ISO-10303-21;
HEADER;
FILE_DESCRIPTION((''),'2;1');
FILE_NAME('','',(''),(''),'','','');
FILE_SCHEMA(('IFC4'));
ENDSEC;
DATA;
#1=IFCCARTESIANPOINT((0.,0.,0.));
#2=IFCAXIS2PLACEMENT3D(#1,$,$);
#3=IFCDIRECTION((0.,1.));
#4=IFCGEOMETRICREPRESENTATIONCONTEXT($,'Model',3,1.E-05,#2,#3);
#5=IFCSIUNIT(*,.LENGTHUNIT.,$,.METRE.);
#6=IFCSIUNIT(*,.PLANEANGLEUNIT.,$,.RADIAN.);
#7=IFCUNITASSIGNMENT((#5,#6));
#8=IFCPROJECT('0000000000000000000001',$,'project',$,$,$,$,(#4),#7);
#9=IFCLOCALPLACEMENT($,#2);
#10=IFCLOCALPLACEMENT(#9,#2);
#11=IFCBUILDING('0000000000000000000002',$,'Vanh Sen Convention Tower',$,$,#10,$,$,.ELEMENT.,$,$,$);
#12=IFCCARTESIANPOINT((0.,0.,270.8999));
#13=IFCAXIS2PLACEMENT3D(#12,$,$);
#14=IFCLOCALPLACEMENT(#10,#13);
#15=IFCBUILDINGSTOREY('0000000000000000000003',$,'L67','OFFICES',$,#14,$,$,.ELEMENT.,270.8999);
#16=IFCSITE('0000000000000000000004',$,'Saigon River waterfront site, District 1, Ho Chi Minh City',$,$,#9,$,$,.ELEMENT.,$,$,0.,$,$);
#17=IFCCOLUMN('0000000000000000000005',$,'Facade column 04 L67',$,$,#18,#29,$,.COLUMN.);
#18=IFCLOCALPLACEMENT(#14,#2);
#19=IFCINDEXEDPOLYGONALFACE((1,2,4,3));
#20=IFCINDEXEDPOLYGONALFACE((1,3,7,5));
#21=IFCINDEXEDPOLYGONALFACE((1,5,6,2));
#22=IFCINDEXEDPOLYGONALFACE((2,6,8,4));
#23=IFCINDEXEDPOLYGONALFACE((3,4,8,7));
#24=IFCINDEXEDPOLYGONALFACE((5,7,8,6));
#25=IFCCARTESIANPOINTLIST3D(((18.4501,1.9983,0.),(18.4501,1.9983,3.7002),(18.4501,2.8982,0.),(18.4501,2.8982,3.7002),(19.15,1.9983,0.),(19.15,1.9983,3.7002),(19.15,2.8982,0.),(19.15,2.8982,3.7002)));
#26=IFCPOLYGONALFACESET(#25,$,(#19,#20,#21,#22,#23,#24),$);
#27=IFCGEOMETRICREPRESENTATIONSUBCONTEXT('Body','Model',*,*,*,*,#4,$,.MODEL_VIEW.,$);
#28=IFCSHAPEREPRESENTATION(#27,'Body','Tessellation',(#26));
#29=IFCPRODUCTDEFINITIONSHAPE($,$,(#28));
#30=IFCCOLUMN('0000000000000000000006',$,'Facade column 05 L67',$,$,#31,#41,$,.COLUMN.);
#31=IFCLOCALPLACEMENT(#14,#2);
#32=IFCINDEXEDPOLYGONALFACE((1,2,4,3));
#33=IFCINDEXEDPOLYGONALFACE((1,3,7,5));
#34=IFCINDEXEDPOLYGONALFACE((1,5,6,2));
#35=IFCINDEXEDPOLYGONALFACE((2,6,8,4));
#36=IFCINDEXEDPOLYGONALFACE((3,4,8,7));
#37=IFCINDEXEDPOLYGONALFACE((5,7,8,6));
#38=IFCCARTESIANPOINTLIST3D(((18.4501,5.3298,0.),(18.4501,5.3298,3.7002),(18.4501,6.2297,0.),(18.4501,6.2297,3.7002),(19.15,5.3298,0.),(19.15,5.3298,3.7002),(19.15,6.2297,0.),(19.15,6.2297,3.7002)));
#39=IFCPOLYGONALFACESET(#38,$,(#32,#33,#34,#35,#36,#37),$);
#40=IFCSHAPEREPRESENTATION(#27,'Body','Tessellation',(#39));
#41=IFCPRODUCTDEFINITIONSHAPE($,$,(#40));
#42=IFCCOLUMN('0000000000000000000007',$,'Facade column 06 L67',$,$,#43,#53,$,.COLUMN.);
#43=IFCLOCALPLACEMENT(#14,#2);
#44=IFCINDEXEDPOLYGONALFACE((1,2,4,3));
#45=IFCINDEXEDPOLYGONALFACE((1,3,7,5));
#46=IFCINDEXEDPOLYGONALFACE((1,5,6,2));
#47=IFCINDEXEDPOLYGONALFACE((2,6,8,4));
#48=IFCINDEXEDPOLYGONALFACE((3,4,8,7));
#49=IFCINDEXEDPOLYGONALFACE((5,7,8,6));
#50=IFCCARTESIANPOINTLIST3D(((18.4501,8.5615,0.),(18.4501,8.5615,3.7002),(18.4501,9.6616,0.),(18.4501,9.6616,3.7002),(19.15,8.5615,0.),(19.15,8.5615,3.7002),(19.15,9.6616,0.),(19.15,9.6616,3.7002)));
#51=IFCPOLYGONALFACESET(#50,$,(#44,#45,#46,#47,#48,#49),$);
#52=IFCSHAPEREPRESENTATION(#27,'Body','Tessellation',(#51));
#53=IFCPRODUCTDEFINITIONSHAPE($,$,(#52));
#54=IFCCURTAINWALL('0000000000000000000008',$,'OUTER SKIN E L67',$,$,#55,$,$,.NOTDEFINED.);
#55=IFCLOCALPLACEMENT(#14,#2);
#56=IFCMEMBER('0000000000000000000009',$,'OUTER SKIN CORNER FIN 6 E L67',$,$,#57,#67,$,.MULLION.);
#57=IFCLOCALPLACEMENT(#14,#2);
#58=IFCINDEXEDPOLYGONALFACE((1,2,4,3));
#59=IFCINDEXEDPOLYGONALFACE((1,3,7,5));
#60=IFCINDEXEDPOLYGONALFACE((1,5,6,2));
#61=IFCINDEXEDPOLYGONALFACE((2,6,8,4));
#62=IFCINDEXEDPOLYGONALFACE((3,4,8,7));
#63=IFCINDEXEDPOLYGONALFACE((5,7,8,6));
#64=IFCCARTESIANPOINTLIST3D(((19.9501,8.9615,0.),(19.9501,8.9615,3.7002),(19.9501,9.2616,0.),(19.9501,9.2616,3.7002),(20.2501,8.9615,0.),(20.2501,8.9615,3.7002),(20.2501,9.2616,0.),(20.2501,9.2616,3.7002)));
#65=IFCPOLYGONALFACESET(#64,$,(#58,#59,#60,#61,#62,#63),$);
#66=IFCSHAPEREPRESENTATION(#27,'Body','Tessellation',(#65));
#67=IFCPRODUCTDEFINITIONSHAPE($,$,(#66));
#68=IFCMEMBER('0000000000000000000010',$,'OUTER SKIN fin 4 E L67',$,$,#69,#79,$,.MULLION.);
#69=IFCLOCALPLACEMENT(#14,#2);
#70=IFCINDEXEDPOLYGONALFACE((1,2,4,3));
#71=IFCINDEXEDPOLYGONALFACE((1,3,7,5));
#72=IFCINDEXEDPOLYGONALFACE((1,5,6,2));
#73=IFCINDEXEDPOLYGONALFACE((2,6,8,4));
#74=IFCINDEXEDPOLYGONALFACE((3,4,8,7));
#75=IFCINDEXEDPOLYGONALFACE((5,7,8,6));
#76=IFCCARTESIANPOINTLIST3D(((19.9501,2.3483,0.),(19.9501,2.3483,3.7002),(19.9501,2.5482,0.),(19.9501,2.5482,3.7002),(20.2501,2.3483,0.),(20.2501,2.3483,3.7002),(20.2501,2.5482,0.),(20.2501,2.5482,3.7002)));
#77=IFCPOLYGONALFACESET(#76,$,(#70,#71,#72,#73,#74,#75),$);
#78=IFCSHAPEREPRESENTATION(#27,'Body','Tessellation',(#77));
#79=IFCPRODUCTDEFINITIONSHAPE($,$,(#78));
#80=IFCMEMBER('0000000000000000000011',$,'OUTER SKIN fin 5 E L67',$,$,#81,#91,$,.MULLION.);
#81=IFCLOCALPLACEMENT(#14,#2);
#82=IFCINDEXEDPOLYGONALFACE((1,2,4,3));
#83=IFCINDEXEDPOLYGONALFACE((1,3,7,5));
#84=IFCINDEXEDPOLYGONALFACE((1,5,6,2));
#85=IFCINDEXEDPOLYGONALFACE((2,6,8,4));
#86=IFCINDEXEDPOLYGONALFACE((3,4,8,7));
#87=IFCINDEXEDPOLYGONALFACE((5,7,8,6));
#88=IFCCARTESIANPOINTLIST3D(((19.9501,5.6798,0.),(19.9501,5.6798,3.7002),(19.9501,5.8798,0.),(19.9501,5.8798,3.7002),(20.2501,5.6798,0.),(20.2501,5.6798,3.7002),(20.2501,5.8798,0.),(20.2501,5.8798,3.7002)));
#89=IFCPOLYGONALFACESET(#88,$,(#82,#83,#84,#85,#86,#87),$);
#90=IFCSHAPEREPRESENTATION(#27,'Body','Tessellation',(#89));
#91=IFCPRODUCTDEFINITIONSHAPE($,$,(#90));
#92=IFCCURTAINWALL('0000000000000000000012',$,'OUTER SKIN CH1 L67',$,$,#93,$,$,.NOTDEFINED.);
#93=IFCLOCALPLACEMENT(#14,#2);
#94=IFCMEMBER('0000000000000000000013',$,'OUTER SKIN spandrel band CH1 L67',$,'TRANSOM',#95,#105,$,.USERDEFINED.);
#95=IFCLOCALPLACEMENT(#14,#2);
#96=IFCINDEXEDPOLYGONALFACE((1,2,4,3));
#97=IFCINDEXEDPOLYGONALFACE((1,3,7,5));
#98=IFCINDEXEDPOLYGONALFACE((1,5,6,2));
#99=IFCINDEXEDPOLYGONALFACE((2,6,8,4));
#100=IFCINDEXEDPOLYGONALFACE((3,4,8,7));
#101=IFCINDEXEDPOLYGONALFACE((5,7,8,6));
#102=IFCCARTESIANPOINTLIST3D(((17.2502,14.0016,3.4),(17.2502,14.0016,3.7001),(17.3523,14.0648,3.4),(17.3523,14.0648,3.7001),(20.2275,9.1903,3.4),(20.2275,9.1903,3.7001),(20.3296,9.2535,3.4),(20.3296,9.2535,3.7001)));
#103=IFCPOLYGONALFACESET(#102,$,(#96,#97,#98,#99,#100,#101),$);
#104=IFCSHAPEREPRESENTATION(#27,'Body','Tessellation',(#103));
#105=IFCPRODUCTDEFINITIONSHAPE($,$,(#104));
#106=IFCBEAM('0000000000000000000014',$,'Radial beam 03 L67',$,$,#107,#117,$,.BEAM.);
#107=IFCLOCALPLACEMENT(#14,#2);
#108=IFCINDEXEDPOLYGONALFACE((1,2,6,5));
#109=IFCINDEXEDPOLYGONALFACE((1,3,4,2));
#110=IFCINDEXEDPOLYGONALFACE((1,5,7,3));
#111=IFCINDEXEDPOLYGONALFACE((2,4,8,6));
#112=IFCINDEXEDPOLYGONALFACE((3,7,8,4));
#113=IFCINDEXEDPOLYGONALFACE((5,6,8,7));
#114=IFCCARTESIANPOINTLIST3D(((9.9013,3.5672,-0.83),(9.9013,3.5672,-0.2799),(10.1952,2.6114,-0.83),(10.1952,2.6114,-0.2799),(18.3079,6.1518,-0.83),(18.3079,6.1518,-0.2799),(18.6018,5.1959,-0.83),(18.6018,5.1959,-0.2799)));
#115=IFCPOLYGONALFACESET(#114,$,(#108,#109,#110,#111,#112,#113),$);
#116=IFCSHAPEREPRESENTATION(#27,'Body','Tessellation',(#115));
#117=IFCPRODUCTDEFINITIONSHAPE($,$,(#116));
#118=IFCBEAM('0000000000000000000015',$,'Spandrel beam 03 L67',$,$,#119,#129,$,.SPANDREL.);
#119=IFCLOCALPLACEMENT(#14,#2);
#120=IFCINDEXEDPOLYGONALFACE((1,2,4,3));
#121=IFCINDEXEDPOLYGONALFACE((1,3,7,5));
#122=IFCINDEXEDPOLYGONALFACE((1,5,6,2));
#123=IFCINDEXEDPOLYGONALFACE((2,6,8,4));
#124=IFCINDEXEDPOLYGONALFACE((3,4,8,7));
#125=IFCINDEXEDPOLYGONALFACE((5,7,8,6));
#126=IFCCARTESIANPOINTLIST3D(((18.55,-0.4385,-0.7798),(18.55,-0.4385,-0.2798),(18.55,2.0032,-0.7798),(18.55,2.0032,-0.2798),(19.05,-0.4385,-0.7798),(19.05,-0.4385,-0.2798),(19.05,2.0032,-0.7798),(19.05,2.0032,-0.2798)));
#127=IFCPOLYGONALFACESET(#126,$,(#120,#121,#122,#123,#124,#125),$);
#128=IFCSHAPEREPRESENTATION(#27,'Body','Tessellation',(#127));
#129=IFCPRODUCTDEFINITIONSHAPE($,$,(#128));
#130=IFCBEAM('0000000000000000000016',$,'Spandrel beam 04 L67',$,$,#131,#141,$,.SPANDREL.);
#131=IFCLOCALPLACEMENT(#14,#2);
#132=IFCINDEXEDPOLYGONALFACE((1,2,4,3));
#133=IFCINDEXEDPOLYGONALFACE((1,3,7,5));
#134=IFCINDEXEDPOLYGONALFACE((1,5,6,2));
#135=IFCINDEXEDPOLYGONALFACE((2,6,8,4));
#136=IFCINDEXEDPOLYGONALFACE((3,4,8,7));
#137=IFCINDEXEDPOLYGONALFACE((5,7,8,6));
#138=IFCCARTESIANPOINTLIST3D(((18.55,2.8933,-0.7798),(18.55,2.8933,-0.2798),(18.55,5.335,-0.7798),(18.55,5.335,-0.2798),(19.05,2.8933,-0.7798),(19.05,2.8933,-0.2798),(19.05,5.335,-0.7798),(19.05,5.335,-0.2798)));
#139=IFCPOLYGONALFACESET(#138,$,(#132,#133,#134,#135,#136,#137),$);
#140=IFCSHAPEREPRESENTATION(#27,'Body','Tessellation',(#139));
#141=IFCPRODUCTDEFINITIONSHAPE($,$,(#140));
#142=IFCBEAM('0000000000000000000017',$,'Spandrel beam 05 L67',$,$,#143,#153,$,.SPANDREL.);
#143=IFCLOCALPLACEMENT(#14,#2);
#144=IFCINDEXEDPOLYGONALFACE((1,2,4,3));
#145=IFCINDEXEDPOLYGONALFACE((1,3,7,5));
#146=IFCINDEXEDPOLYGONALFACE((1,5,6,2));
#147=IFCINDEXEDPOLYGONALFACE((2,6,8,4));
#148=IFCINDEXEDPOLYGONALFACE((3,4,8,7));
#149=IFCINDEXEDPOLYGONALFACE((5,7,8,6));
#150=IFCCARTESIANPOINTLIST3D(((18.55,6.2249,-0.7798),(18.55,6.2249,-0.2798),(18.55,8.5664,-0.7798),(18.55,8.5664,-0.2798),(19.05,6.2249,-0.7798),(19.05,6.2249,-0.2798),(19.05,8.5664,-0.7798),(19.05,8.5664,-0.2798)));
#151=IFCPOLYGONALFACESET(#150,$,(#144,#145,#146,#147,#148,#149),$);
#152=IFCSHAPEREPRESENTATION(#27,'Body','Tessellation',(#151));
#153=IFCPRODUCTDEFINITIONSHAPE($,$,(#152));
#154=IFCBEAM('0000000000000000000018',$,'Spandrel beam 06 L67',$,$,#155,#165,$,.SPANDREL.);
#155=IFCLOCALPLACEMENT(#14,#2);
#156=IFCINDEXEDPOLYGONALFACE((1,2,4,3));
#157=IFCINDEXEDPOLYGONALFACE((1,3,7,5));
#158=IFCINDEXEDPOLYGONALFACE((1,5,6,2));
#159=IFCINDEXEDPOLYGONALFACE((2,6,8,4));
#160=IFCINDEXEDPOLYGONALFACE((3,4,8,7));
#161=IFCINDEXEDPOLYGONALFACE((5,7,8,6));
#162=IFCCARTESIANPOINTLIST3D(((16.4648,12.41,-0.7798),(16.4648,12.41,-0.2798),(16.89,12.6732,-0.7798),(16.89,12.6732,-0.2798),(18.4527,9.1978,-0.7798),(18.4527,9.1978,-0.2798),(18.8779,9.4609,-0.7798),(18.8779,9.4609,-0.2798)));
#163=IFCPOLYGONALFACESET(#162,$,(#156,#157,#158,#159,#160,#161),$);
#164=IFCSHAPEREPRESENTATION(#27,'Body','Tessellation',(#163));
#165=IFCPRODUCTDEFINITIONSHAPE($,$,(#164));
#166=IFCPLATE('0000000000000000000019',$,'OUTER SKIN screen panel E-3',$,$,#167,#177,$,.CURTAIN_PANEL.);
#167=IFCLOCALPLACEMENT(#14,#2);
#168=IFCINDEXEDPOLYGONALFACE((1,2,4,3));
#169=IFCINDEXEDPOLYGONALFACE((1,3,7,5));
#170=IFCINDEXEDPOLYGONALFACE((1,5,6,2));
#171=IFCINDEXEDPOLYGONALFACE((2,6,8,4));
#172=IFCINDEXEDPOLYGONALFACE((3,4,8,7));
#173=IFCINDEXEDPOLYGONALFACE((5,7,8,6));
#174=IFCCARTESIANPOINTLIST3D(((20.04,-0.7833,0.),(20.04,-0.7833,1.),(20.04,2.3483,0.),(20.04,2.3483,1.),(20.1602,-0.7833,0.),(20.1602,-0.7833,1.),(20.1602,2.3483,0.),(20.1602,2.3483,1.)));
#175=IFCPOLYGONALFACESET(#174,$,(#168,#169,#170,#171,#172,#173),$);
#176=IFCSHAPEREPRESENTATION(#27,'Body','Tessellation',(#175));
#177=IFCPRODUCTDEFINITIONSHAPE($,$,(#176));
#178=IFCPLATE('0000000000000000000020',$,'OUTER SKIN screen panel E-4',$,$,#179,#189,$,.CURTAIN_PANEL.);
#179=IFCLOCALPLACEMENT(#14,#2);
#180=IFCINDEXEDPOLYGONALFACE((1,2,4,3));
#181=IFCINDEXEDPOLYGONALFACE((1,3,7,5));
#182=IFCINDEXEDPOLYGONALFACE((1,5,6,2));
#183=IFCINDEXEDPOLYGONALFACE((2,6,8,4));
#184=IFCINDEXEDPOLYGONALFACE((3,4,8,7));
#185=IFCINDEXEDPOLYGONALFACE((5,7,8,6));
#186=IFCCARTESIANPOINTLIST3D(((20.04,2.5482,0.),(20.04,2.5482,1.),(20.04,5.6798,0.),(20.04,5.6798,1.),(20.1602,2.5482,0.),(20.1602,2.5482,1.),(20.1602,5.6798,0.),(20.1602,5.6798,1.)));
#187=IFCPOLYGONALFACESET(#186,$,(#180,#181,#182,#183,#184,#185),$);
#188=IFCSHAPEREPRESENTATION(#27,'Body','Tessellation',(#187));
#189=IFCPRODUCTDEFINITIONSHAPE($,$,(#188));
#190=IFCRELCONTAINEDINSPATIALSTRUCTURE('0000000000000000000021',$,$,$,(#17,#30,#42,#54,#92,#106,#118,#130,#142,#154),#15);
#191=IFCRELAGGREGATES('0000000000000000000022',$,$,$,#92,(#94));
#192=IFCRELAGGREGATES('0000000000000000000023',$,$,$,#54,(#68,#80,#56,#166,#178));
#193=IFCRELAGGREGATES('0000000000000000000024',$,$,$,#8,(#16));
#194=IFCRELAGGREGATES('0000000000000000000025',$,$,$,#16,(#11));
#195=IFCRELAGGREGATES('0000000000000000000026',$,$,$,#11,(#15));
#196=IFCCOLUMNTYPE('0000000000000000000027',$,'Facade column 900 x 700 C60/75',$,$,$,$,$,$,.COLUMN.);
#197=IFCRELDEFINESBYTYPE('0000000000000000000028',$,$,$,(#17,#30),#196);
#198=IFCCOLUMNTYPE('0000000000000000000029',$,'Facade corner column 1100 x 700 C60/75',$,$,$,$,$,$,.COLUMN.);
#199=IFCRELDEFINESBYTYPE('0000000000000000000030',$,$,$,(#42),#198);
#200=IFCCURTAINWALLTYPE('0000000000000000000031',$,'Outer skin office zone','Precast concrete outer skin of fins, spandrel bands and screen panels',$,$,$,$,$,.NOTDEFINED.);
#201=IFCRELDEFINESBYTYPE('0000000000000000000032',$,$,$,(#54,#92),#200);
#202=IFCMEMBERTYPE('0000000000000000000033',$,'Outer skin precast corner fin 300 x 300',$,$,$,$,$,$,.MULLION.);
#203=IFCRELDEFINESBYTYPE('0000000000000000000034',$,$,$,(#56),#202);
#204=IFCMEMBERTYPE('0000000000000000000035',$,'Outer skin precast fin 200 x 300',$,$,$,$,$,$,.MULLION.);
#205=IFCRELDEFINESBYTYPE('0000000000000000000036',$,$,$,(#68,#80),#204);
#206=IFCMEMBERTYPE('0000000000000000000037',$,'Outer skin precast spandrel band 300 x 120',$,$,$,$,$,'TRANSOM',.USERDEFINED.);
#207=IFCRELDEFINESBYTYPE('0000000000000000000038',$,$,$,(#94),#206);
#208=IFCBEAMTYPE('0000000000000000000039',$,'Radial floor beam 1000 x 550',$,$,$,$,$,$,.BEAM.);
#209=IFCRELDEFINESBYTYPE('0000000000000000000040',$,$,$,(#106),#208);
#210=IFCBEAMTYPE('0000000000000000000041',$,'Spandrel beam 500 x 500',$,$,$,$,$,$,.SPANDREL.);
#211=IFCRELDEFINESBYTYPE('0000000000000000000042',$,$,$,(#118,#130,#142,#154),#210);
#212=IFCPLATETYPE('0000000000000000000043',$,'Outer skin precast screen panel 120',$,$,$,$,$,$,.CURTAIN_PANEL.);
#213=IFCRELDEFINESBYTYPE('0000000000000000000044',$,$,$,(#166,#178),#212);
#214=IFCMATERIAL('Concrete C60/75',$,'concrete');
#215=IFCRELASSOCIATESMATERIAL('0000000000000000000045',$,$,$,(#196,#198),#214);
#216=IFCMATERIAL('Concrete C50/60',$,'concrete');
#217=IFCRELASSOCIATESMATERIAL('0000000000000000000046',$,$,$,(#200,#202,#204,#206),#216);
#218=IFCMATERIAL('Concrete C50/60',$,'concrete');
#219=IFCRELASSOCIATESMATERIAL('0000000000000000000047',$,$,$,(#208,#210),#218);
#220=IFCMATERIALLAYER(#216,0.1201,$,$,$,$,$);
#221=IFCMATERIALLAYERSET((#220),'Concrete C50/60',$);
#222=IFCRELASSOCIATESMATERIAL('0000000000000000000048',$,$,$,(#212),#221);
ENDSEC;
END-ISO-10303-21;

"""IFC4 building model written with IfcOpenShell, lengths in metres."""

from ifc_helpers import new_model, si_unit, direction, frame, origin, origin_2d, place, context, subcontext, project, spatial, rectangle, extrude, material, layer, layer_set, material_profile, profile_set, type_object, element, aggregate, save


model = new_model("IFC4")

# Units and contexts
model_context = context("Model", 3, precision=1e-05, world=origin(), true_north=direction((0.0, 1.0)))
body_context = subcontext(model_context, "Body", "Model", "MODEL_VIEW")
ifc_project = project(units=[si_unit("LENGTHUNIT", "METRE"), si_unit("PLANEANGLEUNIT", "RADIAN")], contexts=[model_context])

# Site, building, storey
site_placement = place(None, origin())
site = spatial("IfcSite", under=ifc_project, at=site_placement, Name="Saigon River waterfront site, District 1, Ho Chi Minh City", CompositionType="ELEMENT", RefElevation=0.0)
building_placement = place(site_placement, origin())
building = spatial("IfcBuilding", under=site, at=building_placement, Name="Vanh Sen Convention Tower", CompositionType="ELEMENT")
storey_placement = place(building_placement, frame((0.0, 0.0, 270.8999)))
storey = spatial("IfcBuildingStorey", under=building, at=storey_placement, Name="L67", Description="OFFICES", CompositionType="ELEMENT", Elevation=270.8999)

# Columns
ifc_material_1 = material(Name="Concrete C60/75", Category="concrete")
ifc_material_profile_1 = material_profile(ifc_material_1, rectangle(XDim=0.8999, YDim=0.7, at=origin_2d()), Name="RC 900X700")
ifc_profile_set_1 = profile_set([ifc_material_profile_1], Name="Concrete C60/75")
column_type_1 = type_object("IfcColumnType", Name="Facade column 900 x 700 C60/75", PredefinedType="COLUMN", material=ifc_profile_set_1)
for number, where, z_axis, x_axis, name in (
    (1, (18.8, 2.4482, 0.0), (0.0, 0.0, 1.0), (0.0, 1.0, 0.0), "Facade column 04 L67"),
    (2, (18.8, 5.7798, 0.0), (0.0, 0.0, 1.0), (0.0, 1.0, 0.0), "Facade column 05 L67"),
):
    element("IfcColumn", number, at=place(storey_placement, frame(where, z_axis=z_axis, x_axis=x_axis)), inside=storey, type_object=column_type_1, Name=name, PredefinedType="COLUMN", context=body_context, shape_type="SweptSolid", body=[
        extrude(rectangle(XDim=0.8999, YDim=0.7, at=origin_2d()), origin(), (0.0, 0.0, 1.0), 3.7002),
    ])
ifc_material_profile_2 = material_profile(ifc_material_1, rectangle(XDim=1.1001, YDim=0.7, at=origin_2d()), Name="RC 1100X700")
ifc_profile_set_2 = profile_set([ifc_material_profile_2], Name="Concrete C60/75")
column_type_2 = type_object("IfcColumnType", Name="Facade corner column 1100 x 700 C60/75", PredefinedType="COLUMN", material=ifc_profile_set_2)
column_placement = place(storey_placement, frame((18.8, 9.1116, 0.0), z_axis=(0.0, 0.0, 1.0), x_axis=(0.0, 1.0, 0.0)))
element("IfcColumn", 3, at=column_placement, inside=storey, type_object=column_type_2, Name="Facade column 06 L67", PredefinedType="COLUMN", context=body_context, shape_type="SweptSolid", body=[
    extrude(rectangle(XDim=1.1001, YDim=0.7, at=origin_2d()), origin(), (0.0, 0.0, 1.0), 3.7002),
])

# Curtain wall, members
ifc_material_2 = material(Name="Concrete C50/60", Category="concrete")
curtain_wall_type = type_object("IfcCurtainWallType", Name="Outer skin office zone", Description="Precast concrete outer skin of fins, spandrel bands and screen panels", PredefinedType="NOTDEFINED", material=ifc_material_2)
curtain_wall_1_placement = place(storey_placement, origin())
curtain_wall_1 = element("IfcCurtainWall", 4, at=curtain_wall_1_placement, inside=storey, type_object=curtain_wall_type, Name="OUTER SKIN E L67", PredefinedType="NOTDEFINED")
ifc_material_profile_3 = material_profile(ifc_material_2, rectangle(XDim=0.3, YDim=0.3, at=origin_2d()), Name="Outer skin precast corner fin 300 x 300")
ifc_profile_set_3 = profile_set([ifc_material_profile_3], Name="Concrete C50/60")
member_type_1 = type_object("IfcMemberType", Name="Outer skin precast corner fin 300 x 300", PredefinedType="MULLION", material=ifc_profile_set_3)
member_1_placement = place(storey_placement, frame((20.1001, 9.1116, 0.0), z_axis=(0.0, 0.0, 1.0), x_axis=(0.0, 1.0, 0.0)))
member_1 = element("IfcMember", 5, at=member_1_placement, type_object=member_type_1, Name="OUTER SKIN CORNER FIN 6 E L67", PredefinedType="MULLION", context=body_context, shape_type="SweptSolid", body=[
    extrude(rectangle(XDim=0.3, YDim=0.3, at=origin_2d()), origin(), (0.0, 0.0, 1.0), 3.7002),
])
ifc_material_profile_4 = material_profile(ifc_material_2, rectangle(XDim=0.2, YDim=0.3, at=origin_2d()), Name="Outer skin precast fin 200 x 300")
ifc_profile_set_4 = profile_set([ifc_material_profile_4], Name="Concrete C50/60")
member_type_2 = type_object("IfcMemberType", Name="Outer skin precast fin 200 x 300", PredefinedType="MULLION", material=ifc_profile_set_4)
member_2_placement = place(storey_placement, frame((20.1001, 2.4482, 0.0), z_axis=(0.0, 0.0, 1.0), x_axis=(0.0, 1.0, 0.0)))
member_2 = element("IfcMember", 6, at=member_2_placement, type_object=member_type_2, Name="OUTER SKIN fin 4 E L67", PredefinedType="MULLION", context=body_context, shape_type="SweptSolid", body=[
    extrude(rectangle(XDim=0.2, YDim=0.3, at=origin_2d()), origin(), (0.0, 0.0, 1.0), 3.7002),
])
member_3_placement = place(storey_placement, frame((20.1001, 5.7798, 0.0), z_axis=(0.0, 0.0, 1.0), x_axis=(0.0, 1.0, 0.0)))
member_3 = element("IfcMember", 7, at=member_3_placement, type_object=member_type_2, Name="OUTER SKIN fin 5 E L67", PredefinedType="MULLION", context=body_context, shape_type="SweptSolid", body=[
    extrude(rectangle(XDim=0.2, YDim=0.3, at=origin_2d()), origin(), (0.0, 0.0, 1.0), 3.7002),
])

# Curtain wall, member
curtain_wall_2_placement = place(storey_placement, origin())
curtain_wall_2 = element("IfcCurtainWall", 8, at=curtain_wall_2_placement, inside=storey, type_object=curtain_wall_type, Name="OUTER SKIN CH1 L67", PredefinedType="NOTDEFINED")
ifc_material_profile_5 = material_profile(ifc_material_2, rectangle(XDim=0.1201, YDim=0.3, at=origin_2d()), Name="Outer skin precast spandrel band 300 x 120")
ifc_profile_set_5 = profile_set([ifc_material_profile_5], Name="Concrete C50/60")
member_type_3 = type_object("IfcMemberType", Name="Outer skin precast spandrel band 300 x 120", ElementType="TRANSOM", PredefinedType="USERDEFINED", material=ifc_profile_set_5)
member_4_placement = place(storey_placement, frame((20.2786, 9.2219, 3.55), z_axis=(-0.526212, 0.850353, 0.0), x_axis=(-0.850353, -0.526212, 0.0)))
member_4 = element("IfcMember", 9, at=member_4_placement, type_object=member_type_3, Name="OUTER SKIN spandrel band CH1 L67", ObjectType="TRANSOM", PredefinedType="USERDEFINED", context=body_context, shape_type="SweptSolid", body=[
    extrude(rectangle(XDim=0.1201, YDim=0.3, at=origin_2d()), origin(), (0.0, 0.0, 1.0), 5.658),
])
aggregate(curtain_wall_2, [member_4])

# Beams
ifc_material_3 = material(Name="Concrete C50/60", Category="concrete")
ifc_material_profile_6 = material_profile(ifc_material_3, rectangle(XDim=1.0, YDim=0.55, at=origin_2d()), Name="RC 1000X550")
ifc_profile_set_6 = profile_set([ifc_material_profile_6], Name="Concrete C50/60")
beam_type_1 = type_object("IfcBeamType", Name="Radial floor beam 1000 x 550", PredefinedType="BEAM", material=ifc_profile_set_6)
beam_1_placement = place(storey_placement, frame((18.4548, 5.6738, -0.5549), z_axis=(-0.955847, -0.293863, 0.0), x_axis=(0.293863, -0.955847, 0.0)))
element("IfcBeam", 10, at=beam_1_placement, inside=storey, type_object=beam_type_1, Name="Radial beam 03 L67", PredefinedType="BEAM", context=body_context, shape_type="SweptSolid", body=[
    extrude(rectangle(XDim=1.0, YDim=0.55, at=origin_2d()), origin(), (0.0, 0.0, 1.0), 8.7949),
])
ifc_material_profile_7 = material_profile(ifc_material_3, rectangle(XDim=0.5, YDim=0.5, at=origin_2d()), Name="RC 500X500")
ifc_profile_set_7 = profile_set([ifc_material_profile_7], Name="Concrete C50/60")
beam_type_2 = type_object("IfcBeamType", Name="Spandrel beam 500 x 500", PredefinedType="SPANDREL", material=ifc_profile_set_7)
for number, where, z_axis, x_axis, name in (
    (11, (18.8, -0.4385, -0.5298), (0.0, 1.0, 0.0), (-1.0, 0.0, 0.0), "Spandrel beam 03 L67"),
    (12, (18.8, 2.8933, -0.5298), (0.0, 1.0, 0.0), (-1.0, 0.0, 0.0), "Spandrel beam 04 L67"),
):
    element("IfcBeam", number, at=place(storey_placement, frame(where, z_axis=z_axis, x_axis=x_axis)), inside=storey, type_object=beam_type_2, Name=name, PredefinedType="SPANDREL", context=body_context, shape_type="SweptSolid", body=[
        extrude(rectangle(XDim=0.5, YDim=0.5, at=origin_2d()), origin(), (0.0, 0.0, 1.0), 2.4417),
    ])
beam_2_placement = place(storey_placement, frame((18.8, 6.2249, -0.5298), z_axis=(0.0, 1.0, 0.0), x_axis=(-1.0, 0.0, 0.0)))
element("IfcBeam", 13, at=beam_2_placement, inside=storey, type_object=beam_type_2, Name="Spandrel beam 05 L67", PredefinedType="SPANDREL", context=body_context, shape_type="SweptSolid", body=[
    extrude(rectangle(XDim=0.5, YDim=0.5, at=origin_2d()), origin(), (0.0, 0.0, 1.0), 2.3416),
])
beam_3_placement = place(storey_placement, frame((18.6653, 9.3293, -0.5298), z_axis=(-0.526223, 0.850346, 0.0), x_axis=(-0.850346, -0.526223, 0.0)))
element("IfcBeam", 14, at=beam_3_placement, inside=storey, type_object=beam_type_2, Name="Spandrel beam 06 L67", PredefinedType="SPANDREL", context=body_context, shape_type="SweptSolid", body=[
    extrude(rectangle(XDim=0.5, YDim=0.5, at=origin_2d()), origin(), (0.0, 0.0, 1.0), 3.7776),
])

# Plates
ifc_layer_1 = layer(ifc_material_2, 0.1201)
ifc_layer_set_1 = layer_set([ifc_layer_1], Name="Concrete C50/60")
plate_type = type_object("IfcPlateType", Name="Outer skin precast screen panel 120", PredefinedType="CURTAIN_PANEL", material=ifc_layer_set_1)
plate_1_placement = place(storey_placement, frame((20.1001, 0.7825, 0.0), z_axis=(0.0, 0.0, 1.0), x_axis=(0.0, 1.0, 0.0)))
plate_1 = element("IfcPlate", 15, at=plate_1_placement, type_object=plate_type, Name="OUTER SKIN screen panel E-3", PredefinedType="CURTAIN_PANEL", context=body_context, shape_type="SweptSolid", body=[
    extrude(rectangle(XDim=3.1316, YDim=0.1201, at=origin_2d()), origin(), (0.0, 0.0, 1.0), 1.0),
])
plate_2_placement = place(storey_placement, frame((20.1001, 4.114, 0.0), z_axis=(0.0, 0.0, 1.0), x_axis=(0.0, 1.0, 0.0)))
plate_2 = element("IfcPlate", 16, at=plate_2_placement, type_object=plate_type, Name="OUTER SKIN screen panel E-4", PredefinedType="CURTAIN_PANEL", context=body_context, shape_type="SweptSolid", body=[
    extrude(rectangle(XDim=3.1316, YDim=0.1201, at=origin_2d()), origin(), (0.0, 0.0, 1.0), 1.0),
])
aggregate(curtain_wall_1, [member_2, member_3, member_1, plate_1, plate_2])

save(model, "model.ifc")
